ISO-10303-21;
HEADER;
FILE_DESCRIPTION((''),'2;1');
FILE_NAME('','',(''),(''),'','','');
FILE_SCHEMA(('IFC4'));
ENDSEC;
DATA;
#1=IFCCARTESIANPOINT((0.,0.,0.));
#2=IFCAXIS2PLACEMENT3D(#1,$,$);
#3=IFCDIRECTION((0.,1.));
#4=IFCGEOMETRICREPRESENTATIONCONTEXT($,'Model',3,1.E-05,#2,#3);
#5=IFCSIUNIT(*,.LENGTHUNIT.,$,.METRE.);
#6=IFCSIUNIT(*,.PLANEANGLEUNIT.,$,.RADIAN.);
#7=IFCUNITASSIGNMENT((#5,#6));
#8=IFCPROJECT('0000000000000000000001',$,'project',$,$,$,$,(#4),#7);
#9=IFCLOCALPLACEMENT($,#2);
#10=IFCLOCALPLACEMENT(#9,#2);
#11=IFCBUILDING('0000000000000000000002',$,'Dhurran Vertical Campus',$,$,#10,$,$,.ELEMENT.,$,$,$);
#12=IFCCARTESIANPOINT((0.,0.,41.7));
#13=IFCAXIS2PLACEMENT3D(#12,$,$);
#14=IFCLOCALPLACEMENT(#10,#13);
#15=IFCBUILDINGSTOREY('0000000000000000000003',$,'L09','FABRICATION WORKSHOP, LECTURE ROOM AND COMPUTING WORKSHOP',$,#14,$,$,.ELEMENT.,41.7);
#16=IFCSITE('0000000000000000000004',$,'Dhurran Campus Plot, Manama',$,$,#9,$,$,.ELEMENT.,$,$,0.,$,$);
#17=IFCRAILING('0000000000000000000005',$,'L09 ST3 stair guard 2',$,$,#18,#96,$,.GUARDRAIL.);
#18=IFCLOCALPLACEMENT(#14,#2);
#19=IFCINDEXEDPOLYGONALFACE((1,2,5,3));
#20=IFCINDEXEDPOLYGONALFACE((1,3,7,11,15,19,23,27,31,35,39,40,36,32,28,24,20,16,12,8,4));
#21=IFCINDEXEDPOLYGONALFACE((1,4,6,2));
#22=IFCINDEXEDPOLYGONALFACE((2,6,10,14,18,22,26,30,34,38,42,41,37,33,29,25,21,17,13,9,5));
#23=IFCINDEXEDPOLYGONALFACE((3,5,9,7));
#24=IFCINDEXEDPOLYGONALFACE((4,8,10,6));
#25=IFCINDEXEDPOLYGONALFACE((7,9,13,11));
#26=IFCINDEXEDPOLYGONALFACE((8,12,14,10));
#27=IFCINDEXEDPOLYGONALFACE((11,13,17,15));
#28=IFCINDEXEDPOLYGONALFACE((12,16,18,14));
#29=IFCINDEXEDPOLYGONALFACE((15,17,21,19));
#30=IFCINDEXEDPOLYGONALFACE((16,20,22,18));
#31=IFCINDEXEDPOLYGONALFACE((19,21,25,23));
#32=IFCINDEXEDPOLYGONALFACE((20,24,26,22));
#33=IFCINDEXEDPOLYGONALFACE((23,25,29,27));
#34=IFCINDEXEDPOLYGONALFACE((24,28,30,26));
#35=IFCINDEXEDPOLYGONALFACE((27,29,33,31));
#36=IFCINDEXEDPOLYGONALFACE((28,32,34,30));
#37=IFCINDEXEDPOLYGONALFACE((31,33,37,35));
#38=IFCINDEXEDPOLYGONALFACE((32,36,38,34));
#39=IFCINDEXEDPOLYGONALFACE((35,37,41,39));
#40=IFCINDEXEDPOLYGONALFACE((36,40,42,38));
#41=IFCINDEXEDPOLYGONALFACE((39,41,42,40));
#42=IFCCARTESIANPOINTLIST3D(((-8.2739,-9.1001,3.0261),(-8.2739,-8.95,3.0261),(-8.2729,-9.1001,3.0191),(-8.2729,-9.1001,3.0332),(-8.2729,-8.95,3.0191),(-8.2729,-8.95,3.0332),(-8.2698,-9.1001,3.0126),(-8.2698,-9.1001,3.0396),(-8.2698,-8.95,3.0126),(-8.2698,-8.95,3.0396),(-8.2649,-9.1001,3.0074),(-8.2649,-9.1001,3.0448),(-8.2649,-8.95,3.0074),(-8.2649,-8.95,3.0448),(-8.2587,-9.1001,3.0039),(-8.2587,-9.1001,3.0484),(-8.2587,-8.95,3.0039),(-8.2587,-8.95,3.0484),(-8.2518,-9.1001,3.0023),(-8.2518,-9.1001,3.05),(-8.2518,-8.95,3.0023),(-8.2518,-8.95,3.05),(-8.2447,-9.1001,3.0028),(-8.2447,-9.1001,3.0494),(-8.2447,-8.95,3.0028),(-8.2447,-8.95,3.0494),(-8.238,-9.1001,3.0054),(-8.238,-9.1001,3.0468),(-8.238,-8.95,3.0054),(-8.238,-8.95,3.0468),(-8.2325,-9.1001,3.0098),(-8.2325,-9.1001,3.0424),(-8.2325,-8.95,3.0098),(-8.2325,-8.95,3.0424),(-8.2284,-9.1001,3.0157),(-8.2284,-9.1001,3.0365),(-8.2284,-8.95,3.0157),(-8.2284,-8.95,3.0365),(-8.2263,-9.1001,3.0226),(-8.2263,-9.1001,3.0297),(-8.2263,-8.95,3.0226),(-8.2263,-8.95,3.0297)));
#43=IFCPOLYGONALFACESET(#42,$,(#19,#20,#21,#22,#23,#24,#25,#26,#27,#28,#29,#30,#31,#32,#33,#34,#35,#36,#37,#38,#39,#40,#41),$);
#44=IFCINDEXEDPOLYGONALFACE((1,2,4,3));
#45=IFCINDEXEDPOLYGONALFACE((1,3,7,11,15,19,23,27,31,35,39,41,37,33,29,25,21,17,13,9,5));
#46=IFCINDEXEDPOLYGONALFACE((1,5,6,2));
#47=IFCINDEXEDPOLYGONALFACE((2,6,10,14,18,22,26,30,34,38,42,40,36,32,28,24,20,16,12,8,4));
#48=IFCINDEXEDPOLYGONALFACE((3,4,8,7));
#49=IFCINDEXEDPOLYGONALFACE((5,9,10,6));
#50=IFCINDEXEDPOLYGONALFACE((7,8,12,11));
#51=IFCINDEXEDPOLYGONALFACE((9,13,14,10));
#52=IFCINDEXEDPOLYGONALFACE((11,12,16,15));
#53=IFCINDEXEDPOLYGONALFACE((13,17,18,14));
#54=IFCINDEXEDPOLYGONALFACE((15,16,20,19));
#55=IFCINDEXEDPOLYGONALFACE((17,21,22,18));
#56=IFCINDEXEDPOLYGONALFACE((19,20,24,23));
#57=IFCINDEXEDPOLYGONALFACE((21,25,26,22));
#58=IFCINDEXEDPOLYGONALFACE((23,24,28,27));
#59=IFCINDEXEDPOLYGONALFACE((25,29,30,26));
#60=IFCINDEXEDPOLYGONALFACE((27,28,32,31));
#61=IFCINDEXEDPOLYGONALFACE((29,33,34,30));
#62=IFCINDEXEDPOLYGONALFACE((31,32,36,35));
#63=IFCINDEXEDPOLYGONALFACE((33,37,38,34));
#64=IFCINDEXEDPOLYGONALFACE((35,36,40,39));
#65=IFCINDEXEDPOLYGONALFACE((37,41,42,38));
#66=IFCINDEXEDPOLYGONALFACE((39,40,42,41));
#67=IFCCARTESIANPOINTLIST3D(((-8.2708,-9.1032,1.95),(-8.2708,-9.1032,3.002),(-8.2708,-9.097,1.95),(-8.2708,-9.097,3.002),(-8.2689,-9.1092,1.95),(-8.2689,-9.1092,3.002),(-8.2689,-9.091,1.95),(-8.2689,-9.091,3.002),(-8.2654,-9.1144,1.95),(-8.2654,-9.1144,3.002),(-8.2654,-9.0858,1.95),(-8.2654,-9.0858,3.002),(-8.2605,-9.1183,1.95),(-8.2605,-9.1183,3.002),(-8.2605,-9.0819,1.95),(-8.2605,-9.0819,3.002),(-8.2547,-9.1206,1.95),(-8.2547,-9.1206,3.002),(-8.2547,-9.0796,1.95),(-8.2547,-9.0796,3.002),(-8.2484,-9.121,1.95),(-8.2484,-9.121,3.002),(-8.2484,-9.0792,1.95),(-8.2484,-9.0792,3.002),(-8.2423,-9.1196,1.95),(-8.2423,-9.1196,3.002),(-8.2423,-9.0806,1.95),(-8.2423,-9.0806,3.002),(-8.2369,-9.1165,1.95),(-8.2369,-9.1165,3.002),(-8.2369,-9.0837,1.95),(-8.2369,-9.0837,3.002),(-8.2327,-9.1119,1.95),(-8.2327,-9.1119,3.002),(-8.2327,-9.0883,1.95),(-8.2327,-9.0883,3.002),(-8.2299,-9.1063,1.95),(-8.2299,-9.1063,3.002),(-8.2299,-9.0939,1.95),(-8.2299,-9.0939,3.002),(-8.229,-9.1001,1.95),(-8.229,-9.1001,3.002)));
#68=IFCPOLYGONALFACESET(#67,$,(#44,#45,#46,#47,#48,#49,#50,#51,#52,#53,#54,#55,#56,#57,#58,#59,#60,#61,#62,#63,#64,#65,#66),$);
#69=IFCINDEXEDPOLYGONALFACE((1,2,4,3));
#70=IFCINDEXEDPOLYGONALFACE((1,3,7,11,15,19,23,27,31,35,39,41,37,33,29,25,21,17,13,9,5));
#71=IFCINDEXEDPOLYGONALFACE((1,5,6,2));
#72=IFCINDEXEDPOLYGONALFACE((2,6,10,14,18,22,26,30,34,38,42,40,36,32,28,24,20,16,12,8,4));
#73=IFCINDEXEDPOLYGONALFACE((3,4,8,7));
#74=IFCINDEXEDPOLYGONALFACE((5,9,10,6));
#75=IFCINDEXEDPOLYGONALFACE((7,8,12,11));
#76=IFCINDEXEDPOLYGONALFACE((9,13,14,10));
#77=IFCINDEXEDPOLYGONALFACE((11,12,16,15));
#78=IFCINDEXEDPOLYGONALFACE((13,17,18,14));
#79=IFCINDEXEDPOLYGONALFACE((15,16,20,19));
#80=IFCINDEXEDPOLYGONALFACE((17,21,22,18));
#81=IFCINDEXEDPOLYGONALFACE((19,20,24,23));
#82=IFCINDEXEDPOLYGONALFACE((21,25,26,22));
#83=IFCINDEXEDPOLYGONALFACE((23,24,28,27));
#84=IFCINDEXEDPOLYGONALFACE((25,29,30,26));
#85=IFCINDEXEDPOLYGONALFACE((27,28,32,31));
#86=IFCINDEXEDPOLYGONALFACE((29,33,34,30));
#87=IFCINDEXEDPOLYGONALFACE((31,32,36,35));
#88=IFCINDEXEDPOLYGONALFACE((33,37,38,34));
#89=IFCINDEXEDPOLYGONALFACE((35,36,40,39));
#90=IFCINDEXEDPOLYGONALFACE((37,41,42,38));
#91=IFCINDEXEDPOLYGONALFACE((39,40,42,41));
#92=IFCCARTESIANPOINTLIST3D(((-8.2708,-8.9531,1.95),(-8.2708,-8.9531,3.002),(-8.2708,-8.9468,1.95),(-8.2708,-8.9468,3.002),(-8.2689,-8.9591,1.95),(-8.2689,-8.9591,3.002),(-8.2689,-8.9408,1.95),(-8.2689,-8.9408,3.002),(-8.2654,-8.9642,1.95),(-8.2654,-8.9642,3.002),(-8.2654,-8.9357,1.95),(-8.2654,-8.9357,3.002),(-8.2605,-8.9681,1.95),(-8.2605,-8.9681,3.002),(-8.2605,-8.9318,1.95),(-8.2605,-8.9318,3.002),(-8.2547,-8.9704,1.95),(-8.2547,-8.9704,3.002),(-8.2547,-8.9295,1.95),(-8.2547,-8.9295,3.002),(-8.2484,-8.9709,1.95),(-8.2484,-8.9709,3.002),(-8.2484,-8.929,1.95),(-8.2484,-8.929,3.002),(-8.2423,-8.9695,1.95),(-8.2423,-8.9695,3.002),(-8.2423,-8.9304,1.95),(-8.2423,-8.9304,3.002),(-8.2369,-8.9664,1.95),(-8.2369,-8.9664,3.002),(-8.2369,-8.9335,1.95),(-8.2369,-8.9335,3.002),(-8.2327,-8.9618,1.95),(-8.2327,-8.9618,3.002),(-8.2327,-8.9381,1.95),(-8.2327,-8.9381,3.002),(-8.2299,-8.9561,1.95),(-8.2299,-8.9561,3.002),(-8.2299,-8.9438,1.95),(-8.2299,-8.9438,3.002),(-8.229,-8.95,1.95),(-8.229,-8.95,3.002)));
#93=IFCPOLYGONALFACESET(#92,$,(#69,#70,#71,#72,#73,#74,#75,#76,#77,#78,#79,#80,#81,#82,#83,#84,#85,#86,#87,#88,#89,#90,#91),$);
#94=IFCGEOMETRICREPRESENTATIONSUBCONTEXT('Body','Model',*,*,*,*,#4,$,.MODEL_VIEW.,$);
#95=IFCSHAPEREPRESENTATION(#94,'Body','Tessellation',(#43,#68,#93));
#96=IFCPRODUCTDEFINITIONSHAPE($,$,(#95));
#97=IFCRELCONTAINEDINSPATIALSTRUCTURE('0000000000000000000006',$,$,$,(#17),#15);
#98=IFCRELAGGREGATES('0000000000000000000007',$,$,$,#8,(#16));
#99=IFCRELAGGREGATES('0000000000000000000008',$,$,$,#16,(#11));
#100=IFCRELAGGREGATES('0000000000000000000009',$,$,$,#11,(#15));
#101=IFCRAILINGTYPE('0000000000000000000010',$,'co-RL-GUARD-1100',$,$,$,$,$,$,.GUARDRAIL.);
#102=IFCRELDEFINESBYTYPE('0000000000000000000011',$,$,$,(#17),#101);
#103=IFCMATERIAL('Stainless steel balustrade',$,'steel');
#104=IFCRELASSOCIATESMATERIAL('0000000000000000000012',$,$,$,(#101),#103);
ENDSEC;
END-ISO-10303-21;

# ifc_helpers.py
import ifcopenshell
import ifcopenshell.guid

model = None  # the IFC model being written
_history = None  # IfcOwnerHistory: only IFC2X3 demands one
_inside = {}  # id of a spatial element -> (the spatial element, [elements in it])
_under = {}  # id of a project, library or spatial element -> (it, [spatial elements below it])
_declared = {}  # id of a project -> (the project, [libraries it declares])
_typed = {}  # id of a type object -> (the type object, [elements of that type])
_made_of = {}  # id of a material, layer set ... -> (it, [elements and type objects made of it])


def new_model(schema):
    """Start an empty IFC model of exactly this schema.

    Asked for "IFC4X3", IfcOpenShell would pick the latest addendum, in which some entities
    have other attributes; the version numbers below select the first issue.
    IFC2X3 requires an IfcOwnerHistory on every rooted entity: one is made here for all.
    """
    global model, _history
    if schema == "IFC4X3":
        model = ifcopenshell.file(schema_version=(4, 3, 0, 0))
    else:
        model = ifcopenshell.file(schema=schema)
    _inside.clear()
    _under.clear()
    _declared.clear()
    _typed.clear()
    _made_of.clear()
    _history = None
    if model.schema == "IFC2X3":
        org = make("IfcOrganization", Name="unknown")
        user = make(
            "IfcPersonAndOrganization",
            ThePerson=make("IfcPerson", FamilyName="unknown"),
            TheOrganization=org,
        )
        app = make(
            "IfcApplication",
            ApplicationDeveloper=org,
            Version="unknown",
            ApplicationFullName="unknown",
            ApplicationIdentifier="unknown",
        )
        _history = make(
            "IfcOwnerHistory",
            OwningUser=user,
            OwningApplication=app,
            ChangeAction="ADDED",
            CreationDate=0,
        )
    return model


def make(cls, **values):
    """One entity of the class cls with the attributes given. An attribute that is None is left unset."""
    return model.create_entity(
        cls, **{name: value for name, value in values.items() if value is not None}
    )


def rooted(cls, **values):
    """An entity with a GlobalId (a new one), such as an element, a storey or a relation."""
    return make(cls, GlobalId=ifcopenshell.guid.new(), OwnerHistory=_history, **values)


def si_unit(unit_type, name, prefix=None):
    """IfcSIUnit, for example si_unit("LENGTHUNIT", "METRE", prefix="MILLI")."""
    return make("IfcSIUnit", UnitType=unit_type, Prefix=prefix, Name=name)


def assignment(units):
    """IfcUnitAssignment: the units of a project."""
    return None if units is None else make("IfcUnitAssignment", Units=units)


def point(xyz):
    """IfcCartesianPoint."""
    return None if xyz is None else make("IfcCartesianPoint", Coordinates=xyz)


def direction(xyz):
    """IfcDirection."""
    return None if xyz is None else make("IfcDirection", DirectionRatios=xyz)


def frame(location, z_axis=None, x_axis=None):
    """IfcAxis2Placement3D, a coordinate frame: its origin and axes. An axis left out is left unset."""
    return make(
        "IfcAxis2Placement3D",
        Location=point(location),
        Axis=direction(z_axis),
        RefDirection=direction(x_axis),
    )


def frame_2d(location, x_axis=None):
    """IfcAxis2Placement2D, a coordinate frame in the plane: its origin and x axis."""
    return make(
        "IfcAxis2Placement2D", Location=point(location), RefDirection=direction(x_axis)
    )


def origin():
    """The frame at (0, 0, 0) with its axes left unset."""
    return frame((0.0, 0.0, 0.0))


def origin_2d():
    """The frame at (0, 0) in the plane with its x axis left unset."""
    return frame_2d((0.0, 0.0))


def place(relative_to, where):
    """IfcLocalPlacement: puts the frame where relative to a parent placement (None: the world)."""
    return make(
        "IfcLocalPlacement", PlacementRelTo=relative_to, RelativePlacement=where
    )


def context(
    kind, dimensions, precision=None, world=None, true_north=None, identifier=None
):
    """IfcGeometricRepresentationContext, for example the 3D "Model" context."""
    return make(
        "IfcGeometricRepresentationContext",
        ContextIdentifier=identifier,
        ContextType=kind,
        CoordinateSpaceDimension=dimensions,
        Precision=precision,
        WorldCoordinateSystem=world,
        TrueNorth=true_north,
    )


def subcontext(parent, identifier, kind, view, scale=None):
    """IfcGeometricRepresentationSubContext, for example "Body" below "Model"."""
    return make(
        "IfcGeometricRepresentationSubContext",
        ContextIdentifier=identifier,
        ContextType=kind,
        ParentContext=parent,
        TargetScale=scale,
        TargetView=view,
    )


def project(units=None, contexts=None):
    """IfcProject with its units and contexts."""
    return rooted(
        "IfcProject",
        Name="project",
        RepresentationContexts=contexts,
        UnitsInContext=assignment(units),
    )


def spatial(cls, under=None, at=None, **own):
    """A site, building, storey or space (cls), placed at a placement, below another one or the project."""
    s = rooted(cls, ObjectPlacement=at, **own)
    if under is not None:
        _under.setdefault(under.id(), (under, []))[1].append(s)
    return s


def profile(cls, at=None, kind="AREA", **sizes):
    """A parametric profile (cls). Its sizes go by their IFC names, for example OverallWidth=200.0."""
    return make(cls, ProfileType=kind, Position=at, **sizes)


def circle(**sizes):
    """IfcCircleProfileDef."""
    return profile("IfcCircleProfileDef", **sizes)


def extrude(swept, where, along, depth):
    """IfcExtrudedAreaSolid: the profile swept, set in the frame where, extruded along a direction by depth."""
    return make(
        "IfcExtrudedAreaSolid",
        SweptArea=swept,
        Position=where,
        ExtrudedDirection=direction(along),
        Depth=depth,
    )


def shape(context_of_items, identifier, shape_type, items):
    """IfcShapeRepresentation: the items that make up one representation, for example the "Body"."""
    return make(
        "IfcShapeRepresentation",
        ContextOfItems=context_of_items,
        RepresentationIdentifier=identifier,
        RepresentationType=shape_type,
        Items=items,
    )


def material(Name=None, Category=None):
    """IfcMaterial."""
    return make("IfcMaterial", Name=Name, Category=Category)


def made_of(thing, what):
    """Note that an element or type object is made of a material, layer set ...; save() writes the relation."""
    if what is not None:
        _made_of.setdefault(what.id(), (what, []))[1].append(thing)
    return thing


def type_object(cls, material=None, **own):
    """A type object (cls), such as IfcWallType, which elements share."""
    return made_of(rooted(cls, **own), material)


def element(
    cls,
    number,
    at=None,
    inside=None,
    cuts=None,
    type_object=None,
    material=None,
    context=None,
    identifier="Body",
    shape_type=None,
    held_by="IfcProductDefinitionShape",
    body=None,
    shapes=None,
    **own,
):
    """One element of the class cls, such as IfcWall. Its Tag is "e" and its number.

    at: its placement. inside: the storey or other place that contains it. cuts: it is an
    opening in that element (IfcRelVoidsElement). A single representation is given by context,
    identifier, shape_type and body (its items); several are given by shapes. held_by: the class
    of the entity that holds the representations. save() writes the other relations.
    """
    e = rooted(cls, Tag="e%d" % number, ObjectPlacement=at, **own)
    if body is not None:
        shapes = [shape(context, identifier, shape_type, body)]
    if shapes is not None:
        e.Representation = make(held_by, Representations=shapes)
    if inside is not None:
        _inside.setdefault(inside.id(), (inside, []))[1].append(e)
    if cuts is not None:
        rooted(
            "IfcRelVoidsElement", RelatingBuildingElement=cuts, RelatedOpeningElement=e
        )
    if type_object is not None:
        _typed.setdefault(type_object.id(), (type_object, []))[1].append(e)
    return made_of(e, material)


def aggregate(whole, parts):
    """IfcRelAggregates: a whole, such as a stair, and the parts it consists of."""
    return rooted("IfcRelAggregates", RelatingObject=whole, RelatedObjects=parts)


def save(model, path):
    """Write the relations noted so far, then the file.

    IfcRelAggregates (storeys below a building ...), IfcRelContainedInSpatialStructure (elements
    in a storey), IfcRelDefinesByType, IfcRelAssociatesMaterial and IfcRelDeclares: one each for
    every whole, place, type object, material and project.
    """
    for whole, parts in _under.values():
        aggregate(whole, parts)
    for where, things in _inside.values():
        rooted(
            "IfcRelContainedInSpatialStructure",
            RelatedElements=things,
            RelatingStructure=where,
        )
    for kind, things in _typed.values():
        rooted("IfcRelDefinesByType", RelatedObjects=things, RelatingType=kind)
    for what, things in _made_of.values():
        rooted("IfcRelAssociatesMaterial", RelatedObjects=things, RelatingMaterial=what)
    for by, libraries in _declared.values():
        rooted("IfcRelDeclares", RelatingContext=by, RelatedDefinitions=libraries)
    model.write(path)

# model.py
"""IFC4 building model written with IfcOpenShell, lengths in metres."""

from ifc_helpers import new_model, si_unit, direction, frame, origin, origin_2d, place, context, subcontext, project, spatial, circle, extrude, material, type_object, element, save


model = new_model("IFC4")

# Units and contexts
model_context = context("Model", 3, precision=1e-05, world=origin(), true_north=direction((0.0, 1.0)))
body_context = subcontext(model_context, "Body", "Model", "MODEL_VIEW")
ifc_project = project(units=[si_unit("LENGTHUNIT", "METRE"), si_unit("PLANEANGLEUNIT", "RADIAN")], contexts=[model_context])

# Site, building, storey
site_placement = place(None, origin())
site = spatial("IfcSite", under=ifc_project, at=site_placement, Name="Dhurran Campus Plot, Manama", CompositionType="ELEMENT", RefElevation=0.0)
building_placement = place(site_placement, origin())
building = spatial("IfcBuilding", under=site, at=building_placement, Name="Dhurran Vertical Campus", CompositionType="ELEMENT")
storey_placement = place(building_placement, frame((0.0, 0.0, 41.7)))
storey = spatial("IfcBuildingStorey", under=building, at=storey_placement, Name="L09", Description="FABRICATION WORKSHOP, LECTURE ROOM AND COMPUTING WORKSHOP", CompositionType="ELEMENT", Elevation=41.7)

# Railing
ifc_material_1 = material(Name="Stainless steel balustrade", Category="steel")
railing_type_1 = type_object("IfcRailingType", Name="co-RL-GUARD-1100", PredefinedType="GUARDRAIL", material=ifc_material_1)
railing_1_placement = place(storey_placement, frame((-8.25, -9.1001, 1.95)))
element("IfcRailing", 1, at=railing_1_placement, inside=storey, type_object=railing_type_1, Name="L09 ST3 stair guard 2", PredefinedType="GUARDRAIL", context=body_context, shape_type="SweptSolid", body=[
    extrude(circle(Radius=0.0239, at=origin_2d()), frame((0.0, 0.0, 1.0762), z_axis=(0.0, 1.0, 0.0), x_axis=(-1.0, 0.0, 0.0)), (0.0, 0.0, 1.0), 0.1501),
    extrude(circle(Radius=0.021, at=origin_2d()), origin(), (0.0, 0.0, 1.0), 1.052),
    extrude(circle(Radius=0.021, at=origin_2d()), frame((0.0, 0.1501, 0.0)), (0.0, 0.0, 1.0), 1.052),
])

save(model, "model.ifc")
